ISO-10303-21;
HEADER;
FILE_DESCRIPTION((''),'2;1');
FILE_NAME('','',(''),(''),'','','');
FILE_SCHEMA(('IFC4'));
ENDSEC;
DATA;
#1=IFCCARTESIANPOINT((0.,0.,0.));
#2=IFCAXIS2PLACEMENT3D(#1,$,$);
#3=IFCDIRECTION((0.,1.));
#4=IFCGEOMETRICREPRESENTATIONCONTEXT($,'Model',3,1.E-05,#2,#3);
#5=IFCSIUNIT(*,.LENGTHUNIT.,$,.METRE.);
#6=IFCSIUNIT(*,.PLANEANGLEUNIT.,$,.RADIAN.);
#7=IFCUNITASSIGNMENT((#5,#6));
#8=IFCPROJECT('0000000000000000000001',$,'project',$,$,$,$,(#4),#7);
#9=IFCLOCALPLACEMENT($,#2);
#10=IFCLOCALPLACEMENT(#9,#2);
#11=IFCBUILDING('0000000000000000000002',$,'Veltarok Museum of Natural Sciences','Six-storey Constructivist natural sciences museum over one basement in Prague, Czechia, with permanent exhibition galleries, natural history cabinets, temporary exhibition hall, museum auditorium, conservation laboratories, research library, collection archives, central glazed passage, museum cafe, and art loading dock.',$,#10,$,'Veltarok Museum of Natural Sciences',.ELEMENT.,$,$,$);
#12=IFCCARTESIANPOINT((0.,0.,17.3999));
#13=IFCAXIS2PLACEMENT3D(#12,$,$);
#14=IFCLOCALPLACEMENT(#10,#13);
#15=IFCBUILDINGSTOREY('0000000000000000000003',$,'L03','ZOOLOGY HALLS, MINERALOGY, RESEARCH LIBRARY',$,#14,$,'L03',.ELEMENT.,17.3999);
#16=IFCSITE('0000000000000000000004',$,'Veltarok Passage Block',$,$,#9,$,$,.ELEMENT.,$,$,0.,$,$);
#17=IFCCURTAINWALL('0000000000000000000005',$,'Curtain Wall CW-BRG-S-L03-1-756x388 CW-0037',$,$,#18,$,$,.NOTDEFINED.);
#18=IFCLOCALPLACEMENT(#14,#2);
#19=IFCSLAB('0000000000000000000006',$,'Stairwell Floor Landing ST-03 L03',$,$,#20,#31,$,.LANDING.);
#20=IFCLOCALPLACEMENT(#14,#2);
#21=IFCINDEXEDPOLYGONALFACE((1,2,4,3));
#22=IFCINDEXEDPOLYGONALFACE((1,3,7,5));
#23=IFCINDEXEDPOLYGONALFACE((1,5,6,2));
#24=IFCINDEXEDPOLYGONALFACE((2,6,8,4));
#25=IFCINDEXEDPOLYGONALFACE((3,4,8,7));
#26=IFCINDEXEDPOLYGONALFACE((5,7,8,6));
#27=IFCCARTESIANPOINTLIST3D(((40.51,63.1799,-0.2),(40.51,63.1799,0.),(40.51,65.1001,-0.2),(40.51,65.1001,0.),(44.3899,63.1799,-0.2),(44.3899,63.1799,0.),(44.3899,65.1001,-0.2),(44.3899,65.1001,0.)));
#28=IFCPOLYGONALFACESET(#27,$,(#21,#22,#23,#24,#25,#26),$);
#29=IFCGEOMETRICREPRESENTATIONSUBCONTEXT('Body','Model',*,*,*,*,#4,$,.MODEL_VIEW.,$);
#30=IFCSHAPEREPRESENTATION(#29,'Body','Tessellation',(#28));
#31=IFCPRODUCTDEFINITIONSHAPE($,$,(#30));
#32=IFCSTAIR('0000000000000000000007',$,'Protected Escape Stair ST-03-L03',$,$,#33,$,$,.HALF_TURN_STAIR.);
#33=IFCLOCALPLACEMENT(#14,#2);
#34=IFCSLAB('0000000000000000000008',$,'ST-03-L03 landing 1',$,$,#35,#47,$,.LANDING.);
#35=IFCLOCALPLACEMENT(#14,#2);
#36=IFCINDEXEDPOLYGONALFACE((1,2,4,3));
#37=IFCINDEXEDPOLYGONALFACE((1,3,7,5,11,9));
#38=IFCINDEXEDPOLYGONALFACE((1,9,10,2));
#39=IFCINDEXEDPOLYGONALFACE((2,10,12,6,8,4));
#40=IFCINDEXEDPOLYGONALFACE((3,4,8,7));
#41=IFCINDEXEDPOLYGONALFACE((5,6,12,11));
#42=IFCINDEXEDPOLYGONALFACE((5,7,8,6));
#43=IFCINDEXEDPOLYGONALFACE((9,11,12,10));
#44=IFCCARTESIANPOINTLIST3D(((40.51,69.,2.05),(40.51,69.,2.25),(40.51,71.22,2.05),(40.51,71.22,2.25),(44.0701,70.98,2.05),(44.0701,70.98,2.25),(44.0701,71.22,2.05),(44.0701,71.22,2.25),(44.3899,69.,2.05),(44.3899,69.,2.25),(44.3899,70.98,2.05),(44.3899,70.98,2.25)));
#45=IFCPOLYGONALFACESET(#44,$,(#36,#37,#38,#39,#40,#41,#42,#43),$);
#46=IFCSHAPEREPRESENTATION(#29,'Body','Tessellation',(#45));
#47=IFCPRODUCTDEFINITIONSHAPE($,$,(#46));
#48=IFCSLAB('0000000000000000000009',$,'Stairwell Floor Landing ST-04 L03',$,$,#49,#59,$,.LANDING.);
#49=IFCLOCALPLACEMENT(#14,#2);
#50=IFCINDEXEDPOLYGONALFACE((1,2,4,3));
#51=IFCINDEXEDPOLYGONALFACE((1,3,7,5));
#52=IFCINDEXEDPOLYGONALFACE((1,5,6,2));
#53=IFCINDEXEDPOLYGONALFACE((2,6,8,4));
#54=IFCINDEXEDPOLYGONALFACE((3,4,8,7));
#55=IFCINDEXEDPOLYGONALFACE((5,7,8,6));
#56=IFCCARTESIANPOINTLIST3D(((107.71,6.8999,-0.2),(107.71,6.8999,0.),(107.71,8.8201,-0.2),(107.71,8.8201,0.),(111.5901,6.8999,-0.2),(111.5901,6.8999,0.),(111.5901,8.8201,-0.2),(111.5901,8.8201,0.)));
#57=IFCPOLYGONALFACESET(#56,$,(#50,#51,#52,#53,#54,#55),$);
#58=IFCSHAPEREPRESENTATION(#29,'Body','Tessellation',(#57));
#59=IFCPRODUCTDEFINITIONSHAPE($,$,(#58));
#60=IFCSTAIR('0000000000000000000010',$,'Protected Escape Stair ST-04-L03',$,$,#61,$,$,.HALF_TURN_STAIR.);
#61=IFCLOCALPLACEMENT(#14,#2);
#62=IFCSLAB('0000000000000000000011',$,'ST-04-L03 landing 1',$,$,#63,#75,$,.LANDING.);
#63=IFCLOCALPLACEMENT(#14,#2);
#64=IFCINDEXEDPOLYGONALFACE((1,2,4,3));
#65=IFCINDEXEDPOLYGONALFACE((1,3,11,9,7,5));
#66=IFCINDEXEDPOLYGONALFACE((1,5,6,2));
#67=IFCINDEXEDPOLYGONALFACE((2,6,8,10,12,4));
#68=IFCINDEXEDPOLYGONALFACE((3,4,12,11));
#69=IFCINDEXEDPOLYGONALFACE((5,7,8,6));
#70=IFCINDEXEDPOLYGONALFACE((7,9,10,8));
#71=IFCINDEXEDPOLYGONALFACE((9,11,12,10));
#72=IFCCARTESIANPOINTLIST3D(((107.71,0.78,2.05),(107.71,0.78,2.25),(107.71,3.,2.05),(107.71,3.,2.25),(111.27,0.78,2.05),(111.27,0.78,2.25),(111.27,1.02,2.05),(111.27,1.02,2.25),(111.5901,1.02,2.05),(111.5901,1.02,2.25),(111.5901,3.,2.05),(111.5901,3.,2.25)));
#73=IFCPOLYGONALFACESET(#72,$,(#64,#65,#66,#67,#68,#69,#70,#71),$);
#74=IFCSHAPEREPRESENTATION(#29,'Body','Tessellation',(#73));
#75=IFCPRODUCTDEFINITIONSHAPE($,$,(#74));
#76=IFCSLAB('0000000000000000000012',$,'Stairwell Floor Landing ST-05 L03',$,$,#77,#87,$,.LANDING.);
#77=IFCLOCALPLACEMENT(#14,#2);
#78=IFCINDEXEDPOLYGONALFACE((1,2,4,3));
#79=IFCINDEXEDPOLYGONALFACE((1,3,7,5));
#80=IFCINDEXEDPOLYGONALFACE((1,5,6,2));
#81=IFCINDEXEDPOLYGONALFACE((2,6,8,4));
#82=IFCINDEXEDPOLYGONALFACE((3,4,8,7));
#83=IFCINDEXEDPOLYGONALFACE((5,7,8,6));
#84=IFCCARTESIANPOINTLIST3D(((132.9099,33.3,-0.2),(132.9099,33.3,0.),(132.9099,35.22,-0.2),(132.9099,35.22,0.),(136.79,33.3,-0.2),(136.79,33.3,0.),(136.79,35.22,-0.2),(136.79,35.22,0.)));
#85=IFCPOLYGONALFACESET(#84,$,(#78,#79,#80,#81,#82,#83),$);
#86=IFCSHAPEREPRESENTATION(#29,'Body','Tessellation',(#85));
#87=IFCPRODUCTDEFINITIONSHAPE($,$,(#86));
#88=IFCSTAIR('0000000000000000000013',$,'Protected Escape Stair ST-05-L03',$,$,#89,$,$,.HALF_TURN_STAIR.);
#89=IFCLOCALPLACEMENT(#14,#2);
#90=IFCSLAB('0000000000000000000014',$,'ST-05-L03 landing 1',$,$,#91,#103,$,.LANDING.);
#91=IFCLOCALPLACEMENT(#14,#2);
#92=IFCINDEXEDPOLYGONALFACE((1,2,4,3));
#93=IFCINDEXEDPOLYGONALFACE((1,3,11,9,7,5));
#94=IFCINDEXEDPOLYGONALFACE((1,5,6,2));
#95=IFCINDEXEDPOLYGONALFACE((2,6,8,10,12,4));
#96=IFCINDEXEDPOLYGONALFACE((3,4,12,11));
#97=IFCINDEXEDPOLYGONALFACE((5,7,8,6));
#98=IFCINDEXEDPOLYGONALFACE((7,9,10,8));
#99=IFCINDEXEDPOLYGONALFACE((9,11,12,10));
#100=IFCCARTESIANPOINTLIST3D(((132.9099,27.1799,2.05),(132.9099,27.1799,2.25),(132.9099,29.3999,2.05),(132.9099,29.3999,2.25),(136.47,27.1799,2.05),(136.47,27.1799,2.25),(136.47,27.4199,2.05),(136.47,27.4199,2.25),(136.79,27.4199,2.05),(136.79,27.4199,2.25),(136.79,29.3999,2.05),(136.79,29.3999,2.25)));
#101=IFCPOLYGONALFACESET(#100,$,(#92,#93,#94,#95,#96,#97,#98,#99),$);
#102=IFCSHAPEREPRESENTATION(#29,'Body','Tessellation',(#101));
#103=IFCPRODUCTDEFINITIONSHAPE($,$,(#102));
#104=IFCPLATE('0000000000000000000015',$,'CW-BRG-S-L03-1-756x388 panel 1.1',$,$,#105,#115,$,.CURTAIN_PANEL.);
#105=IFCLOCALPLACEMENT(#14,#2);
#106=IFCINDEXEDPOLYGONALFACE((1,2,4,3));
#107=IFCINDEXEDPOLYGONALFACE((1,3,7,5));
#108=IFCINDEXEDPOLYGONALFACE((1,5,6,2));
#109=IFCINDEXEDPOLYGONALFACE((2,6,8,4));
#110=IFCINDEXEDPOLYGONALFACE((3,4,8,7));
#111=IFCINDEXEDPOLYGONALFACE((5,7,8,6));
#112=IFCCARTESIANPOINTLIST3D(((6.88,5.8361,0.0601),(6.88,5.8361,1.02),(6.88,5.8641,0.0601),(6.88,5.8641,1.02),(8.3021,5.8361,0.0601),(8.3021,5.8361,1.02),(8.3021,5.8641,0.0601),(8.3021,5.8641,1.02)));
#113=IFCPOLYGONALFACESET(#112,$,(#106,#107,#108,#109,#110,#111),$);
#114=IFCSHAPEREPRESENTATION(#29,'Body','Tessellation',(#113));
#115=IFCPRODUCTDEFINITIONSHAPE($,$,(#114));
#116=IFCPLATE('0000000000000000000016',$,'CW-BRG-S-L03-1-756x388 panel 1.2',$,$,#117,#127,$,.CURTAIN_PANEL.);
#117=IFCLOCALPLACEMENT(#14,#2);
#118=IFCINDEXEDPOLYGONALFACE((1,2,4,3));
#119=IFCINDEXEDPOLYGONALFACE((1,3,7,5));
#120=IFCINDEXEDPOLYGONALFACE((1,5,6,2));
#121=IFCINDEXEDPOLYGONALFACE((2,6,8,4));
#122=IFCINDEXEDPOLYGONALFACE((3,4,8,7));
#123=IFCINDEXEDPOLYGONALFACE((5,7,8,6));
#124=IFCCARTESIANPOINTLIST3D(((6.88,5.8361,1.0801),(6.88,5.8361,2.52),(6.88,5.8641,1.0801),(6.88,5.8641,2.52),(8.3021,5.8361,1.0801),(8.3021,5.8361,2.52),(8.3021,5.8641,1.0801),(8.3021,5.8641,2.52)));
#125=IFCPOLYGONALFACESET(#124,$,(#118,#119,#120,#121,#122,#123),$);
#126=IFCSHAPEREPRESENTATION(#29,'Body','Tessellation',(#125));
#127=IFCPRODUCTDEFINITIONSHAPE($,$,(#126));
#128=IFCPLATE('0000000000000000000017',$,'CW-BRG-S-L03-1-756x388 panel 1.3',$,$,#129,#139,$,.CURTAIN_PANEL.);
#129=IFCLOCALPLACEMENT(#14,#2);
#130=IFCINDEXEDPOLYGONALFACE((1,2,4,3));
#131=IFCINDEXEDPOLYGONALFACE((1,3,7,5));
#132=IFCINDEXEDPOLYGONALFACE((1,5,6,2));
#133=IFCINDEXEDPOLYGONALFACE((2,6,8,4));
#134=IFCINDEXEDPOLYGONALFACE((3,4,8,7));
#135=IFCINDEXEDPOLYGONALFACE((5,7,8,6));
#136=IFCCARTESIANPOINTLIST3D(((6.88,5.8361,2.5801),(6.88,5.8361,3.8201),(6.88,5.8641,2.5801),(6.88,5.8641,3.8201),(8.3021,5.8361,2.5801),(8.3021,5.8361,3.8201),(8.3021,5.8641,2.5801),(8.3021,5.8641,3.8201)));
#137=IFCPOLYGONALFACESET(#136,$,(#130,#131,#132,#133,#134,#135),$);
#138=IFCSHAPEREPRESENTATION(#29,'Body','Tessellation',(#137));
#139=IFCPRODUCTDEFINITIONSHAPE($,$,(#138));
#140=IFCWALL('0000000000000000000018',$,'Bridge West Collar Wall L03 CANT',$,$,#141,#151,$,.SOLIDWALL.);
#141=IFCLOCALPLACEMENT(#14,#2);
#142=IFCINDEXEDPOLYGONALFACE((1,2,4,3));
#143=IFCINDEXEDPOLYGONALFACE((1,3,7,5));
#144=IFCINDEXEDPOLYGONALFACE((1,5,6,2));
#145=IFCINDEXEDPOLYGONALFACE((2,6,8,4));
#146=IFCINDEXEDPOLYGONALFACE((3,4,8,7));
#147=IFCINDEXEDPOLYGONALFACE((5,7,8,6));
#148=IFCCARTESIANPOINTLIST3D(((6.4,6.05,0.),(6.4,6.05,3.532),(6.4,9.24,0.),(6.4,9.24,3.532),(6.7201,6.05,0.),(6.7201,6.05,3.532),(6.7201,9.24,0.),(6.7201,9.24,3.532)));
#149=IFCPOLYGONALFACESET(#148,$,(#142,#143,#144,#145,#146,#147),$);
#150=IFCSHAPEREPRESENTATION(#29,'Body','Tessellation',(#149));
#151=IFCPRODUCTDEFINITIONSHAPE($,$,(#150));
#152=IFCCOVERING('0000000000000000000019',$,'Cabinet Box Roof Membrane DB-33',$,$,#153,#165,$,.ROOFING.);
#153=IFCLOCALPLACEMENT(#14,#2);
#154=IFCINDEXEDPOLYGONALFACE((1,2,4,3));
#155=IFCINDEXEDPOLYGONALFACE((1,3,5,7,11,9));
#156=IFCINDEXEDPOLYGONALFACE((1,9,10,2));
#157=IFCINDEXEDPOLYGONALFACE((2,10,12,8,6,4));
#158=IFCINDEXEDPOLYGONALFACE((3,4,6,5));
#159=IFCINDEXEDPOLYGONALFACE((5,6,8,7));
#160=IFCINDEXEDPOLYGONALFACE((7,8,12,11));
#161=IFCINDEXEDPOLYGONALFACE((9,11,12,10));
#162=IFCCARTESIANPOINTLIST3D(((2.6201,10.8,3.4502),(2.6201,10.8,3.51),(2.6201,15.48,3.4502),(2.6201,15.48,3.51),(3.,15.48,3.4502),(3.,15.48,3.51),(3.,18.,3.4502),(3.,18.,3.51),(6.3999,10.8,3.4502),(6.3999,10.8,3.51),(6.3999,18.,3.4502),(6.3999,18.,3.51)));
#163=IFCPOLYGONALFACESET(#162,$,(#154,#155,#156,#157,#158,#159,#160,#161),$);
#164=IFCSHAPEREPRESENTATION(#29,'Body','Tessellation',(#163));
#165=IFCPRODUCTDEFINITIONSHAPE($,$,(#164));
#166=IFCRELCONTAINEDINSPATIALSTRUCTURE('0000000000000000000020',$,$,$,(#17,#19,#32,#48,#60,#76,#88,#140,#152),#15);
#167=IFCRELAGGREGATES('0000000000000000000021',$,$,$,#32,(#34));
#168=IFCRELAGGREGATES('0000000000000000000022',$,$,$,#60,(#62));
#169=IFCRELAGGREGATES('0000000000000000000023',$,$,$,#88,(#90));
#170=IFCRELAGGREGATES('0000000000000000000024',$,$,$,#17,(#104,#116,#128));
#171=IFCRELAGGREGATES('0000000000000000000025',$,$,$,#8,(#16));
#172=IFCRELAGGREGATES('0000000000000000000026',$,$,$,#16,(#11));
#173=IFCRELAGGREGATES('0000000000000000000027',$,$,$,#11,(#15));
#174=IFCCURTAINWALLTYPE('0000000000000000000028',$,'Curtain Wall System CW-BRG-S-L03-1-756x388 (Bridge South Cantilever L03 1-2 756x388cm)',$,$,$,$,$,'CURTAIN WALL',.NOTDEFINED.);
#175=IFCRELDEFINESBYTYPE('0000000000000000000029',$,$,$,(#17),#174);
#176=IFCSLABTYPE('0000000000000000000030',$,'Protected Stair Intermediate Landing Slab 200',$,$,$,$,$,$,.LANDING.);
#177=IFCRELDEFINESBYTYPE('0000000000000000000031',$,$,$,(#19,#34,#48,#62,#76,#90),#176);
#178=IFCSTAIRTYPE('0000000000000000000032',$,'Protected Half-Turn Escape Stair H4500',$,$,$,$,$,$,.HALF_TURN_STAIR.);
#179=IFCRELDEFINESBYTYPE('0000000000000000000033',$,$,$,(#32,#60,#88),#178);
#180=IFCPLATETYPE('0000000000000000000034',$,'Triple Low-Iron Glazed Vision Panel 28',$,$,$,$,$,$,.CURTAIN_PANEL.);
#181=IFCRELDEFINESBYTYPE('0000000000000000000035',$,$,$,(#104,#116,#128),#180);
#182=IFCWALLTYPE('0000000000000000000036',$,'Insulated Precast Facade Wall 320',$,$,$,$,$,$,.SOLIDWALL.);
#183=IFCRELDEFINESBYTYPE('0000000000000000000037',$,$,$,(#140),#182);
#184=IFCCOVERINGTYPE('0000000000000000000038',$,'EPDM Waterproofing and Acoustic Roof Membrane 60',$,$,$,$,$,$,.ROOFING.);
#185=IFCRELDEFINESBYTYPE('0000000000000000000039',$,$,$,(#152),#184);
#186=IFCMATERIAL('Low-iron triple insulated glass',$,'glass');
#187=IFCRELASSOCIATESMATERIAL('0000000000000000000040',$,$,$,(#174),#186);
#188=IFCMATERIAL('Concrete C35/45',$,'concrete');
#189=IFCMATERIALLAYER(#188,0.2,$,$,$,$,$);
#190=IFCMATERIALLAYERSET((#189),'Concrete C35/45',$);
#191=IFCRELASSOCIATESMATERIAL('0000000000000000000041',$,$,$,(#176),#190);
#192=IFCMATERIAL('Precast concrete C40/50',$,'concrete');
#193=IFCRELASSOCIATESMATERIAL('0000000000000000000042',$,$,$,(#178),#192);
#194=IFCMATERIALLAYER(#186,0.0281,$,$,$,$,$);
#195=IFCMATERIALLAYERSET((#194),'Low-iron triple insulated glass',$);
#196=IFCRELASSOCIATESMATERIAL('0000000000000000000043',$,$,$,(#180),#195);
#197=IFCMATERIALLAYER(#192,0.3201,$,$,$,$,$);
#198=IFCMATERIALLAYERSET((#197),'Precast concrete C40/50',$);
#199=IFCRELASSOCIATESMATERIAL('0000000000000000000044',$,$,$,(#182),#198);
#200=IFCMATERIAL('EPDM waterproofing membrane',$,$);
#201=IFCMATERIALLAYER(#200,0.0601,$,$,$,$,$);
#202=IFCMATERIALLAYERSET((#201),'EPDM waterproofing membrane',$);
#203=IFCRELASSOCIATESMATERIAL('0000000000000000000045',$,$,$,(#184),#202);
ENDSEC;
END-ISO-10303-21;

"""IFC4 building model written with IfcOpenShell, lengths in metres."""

from ifc_helpers import new_model, si_unit, direction, frame, frame_2d, origin, origin_2d, place, context, subcontext, project, spatial, polyline, rectangle, outline, extrude, material, layer, layer_set, type_object, element, aggregate, save


model = new_model("IFC4")

# Units and contexts
model_context = context("Model", 3, precision=1e-05, world=origin(), true_north=direction((0.0, 1.0)))
body_context = subcontext(model_context, "Body", "Model", "MODEL_VIEW")
ifc_project = project(units=[si_unit("LENGTHUNIT", "METRE"), si_unit("PLANEANGLEUNIT", "RADIAN")], contexts=[model_context])

# Site, building, storey
site_placement = place(None, origin())
site = spatial("IfcSite", under=ifc_project, at=site_placement, Name="Veltarok Passage Block", CompositionType="ELEMENT", RefElevation=0.0)
building_placement = place(site_placement, origin())
building = spatial("IfcBuilding", under=site, at=building_placement, Name="Veltarok Museum of Natural Sciences", Description="Six-storey Constructivist natural sciences museum over one basement in Prague, Czechia, with permanent exhibition galleries, natural history cabinets, temporary exhibition hall, museum auditorium, conservation laboratories, research library, collection archives, central glazed passage, museum cafe, and art loading dock.", LongName="Veltarok Museum of Natural Sciences", CompositionType="ELEMENT")
storey_placement = place(building_placement, frame((0.0, 0.0, 17.3999)))
storey = spatial("IfcBuildingStorey", under=building, at=storey_placement, Name="L03", Description="ZOOLOGY HALLS, MINERALOGY, RESEARCH LIBRARY", LongName="L03", CompositionType="ELEMENT", Elevation=17.3999)

# Curtain wall
ifc_material_1 = material(Name="Low-iron triple insulated glass", Category="glass")
curtain_wall_type = type_object("IfcCurtainWallType", Name="Curtain Wall System CW-BRG-S-L03-1-756x388 (Bridge South Cantilever L03 1-2 756x388cm)", ElementType="CURTAIN WALL", PredefinedType="NOTDEFINED", material=ifc_material_1)
curtain_wall_placement = place(storey_placement, origin())
curtain_wall = element("IfcCurtainWall", 1, at=curtain_wall_placement, inside=storey, type_object=curtain_wall_type, Name="Curtain Wall CW-BRG-S-L03-1-756x388 CW-0037", PredefinedType="NOTDEFINED")

# Shared definitions
ifc_material_2 = material(Name="Concrete C35/45", Category="concrete")
ifc_layer_1 = layer(ifc_material_2, 0.2)
ifc_layer_set_1 = layer_set([ifc_layer_1], Name="Concrete C35/45")
slab_type = type_object("IfcSlabType", Name="Protected Stair Intermediate Landing Slab 200", PredefinedType="LANDING", material=ifc_layer_set_1)

# Shared definitions
ifc_material_3 = material(Name="Precast concrete C40/50", Category="concrete")
stair_type = type_object("IfcStairType", Name="Protected Half-Turn Escape Stair H4500", PredefinedType="HALF_TURN_STAIR", material=ifc_material_3)

# Slab
slab_1_placement = place(storey_placement, frame((0.0, 0.0, -0.2)))
element("IfcSlab", 2, at=slab_1_placement, inside=storey, type_object=slab_type, Name="Stairwell Floor Landing ST-03 L03", PredefinedType="LANDING", context=body_context, shape_type="SweptSolid", body=[
    extrude(outline(polyline([(40.51, 63.1799), (44.3899, 63.1799), (44.3899, 65.1001), (40.51, 65.1001), (40.51, 63.1799)])), origin(), (0.0, 0.0, 1.0), 0.2),
])

# Stair, slab
stair_1_placement = place(storey_placement, origin())
stair_1 = element("IfcStair", 3, at=stair_1_placement, inside=storey, type_object=stair_type, Name="Protected Escape Stair ST-03-L03", PredefinedType="HALF_TURN_STAIR")
slab_2_placement = place(storey_placement, frame((0.0, 0.0, 2.05)))
slab_2 = element("IfcSlab", 4, at=slab_2_placement, type_object=slab_type, Name="ST-03-L03 landing 1", PredefinedType="LANDING", context=body_context, shape_type="SweptSolid", body=[
    extrude(outline(polyline([(40.51, 69.0), (44.3899, 69.0), (44.3899, 70.98), (44.0701, 70.98), (44.0701, 71.22), (40.51, 71.22), (40.51, 69.0)])), origin(), (0.0, 0.0, 1.0), 0.2),
])
aggregate(stair_1, [slab_2])

# Slab
slab_3_placement = place(storey_placement, frame((0.0, 0.0, -0.2)))
element("IfcSlab", 5, at=slab_3_placement, inside=storey, type_object=slab_type, Name="Stairwell Floor Landing ST-04 L03", PredefinedType="LANDING", context=body_context, shape_type="SweptSolid", body=[
    extrude(outline(polyline([(107.71, 6.8999), (111.5901, 6.8999), (111.5901, 8.8201), (107.71, 8.8201), (107.71, 6.8999)])), origin(), (0.0, 0.0, 1.0), 0.2),
])

# Stair, slab
stair_2_placement = place(storey_placement, origin())
stair_2 = element("IfcStair", 6, at=stair_2_placement, inside=storey, type_object=stair_type, Name="Protected Escape Stair ST-04-L03", PredefinedType="HALF_TURN_STAIR")
slab_4_placement = place(storey_placement, frame((0.0, 0.0, 2.05)))
slab_4 = element("IfcSlab", 7, at=slab_4_placement, type_object=slab_type, Name="ST-04-L03 landing 1", PredefinedType="LANDING", context=body_context, shape_type="SweptSolid", body=[
    extrude(outline(polyline([(107.71, 0.78), (111.27, 0.78), (111.27, 1.02), (111.5901, 1.02), (111.5901, 3.0), (107.71, 3.0), (107.71, 0.78)])), origin(), (0.0, 0.0, 1.0), 0.2),
])
aggregate(stair_2, [slab_4])

# Slab
slab_5_placement = place(storey_placement, frame((0.0, 0.0, -0.2)))
element("IfcSlab", 8, at=slab_5_placement, inside=storey, type_object=slab_type, Name="Stairwell Floor Landing ST-05 L03", PredefinedType="LANDING", context=body_context, shape_type="SweptSolid", body=[
    extrude(outline(polyline([(132.9099, 33.3), (136.79, 33.3), (136.79, 35.22), (132.9099, 35.22), (132.9099, 33.3)])), origin(), (0.0, 0.0, 1.0), 0.2),
])

# Stair, slab
stair_3_placement = place(storey_placement, origin())
stair_3 = element("IfcStair", 9, at=stair_3_placement, inside=storey, type_object=stair_type, Name="Protected Escape Stair ST-05-L03", PredefinedType="HALF_TURN_STAIR")
slab_6_placement = place(storey_placement, frame((0.0, 0.0, 2.05)))
slab_6 = element("IfcSlab", 10, at=slab_6_placement, type_object=slab_type, Name="ST-05-L03 landing 1", PredefinedType="LANDING", context=body_context, shape_type="SweptSolid", body=[
    extrude(outline(polyline([(132.9099, 27.1799), (136.47, 27.1799), (136.47, 27.4199), (136.79, 27.4199), (136.79, 29.3999), (132.9099, 29.3999), (132.9099, 27.1799)])), origin(), (0.0, 0.0, 1.0), 0.2),
])
aggregate(stair_3, [slab_6])

# Plates
ifc_layer_2 = layer(ifc_material_1, 0.0281)
ifc_layer_set_2 = layer_set([ifc_layer_2], Name="Low-iron triple insulated glass")
plate_type_1 = type_object("IfcPlateType", Name="Triple Low-Iron Glazed Vision Panel 28", PredefinedType="CURTAIN_PANEL", material=ifc_layer_set_2)
plate_1_placement = place(storey_placement, frame((7.5911, 5.8501, 0.0601), z_axis=(0.0, 0.0, 1.0), x_axis=(1.0, 0.0, 0.0)))
plate_1 = element("IfcPlate", 11, at=plate_1_placement, type_object=plate_type_1, Name="CW-BRG-S-L03-1-756x388 panel 1.1", PredefinedType="CURTAIN_PANEL", context=body_context, shape_type="SweptSolid", body=[
    extrude(rectangle(XDim=1.4221, YDim=0.0281, at=origin_2d()), origin(), (0.0, 0.0, 1.0), 0.96),
])
plate_2_placement = place(storey_placement, frame((7.5911, 5.8501, 1.0801), z_axis=(0.0, 0.0, 1.0), x_axis=(1.0, 0.0, 0.0)))
plate_2 = element("IfcPlate", 12, at=plate_2_placement, type_object=plate_type_1, Name="CW-BRG-S-L03-1-756x388 panel 1.2", PredefinedType="CURTAIN_PANEL", context=body_context, shape_type="SweptSolid", body=[
    extrude(rectangle(XDim=1.4221, YDim=0.0281, at=origin_2d()), origin(), (0.0, 0.0, 1.0), 1.4399),
])
plate_3_placement = place(storey_placement, frame((7.5911, 5.8501, 2.5801), z_axis=(0.0, 0.0, 1.0), x_axis=(1.0, 0.0, 0.0)))
plate_3 = element("IfcPlate", 13, at=plate_3_placement, type_object=plate_type_1, Name="CW-BRG-S-L03-1-756x388 panel 1.3", PredefinedType="CURTAIN_PANEL", context=body_context, shape_type="SweptSolid", body=[
    extrude(rectangle(XDim=1.4221, YDim=0.0281, at=origin_2d()), origin(), (0.0, 0.0, 1.0), 1.24),
])
aggregate(curtain_wall, [plate_1, plate_2, plate_3])

# Wall
ifc_layer_3 = layer(ifc_material_3, 0.3201)
ifc_layer_set_3 = layer_set([ifc_layer_3], Name="Precast concrete C40/50")
wall_type = type_object("IfcWallType", Name="Insulated Precast Facade Wall 320", PredefinedType="SOLIDWALL", material=ifc_layer_set_3)
wall_placement = place(storey_placement, frame((6.5601, 9.24, 0.0), z_axis=(0.0, 0.0, 1.0), x_axis=(0.0, -1.0, 0.0)))
element("IfcWall", 14, at=wall_placement, inside=storey, type_object=wall_type, Name="Bridge West Collar Wall L03 CANT", PredefinedType="SOLIDWALL", context=body_context, shape_type="SweptSolid", body=[
    extrude(rectangle(XDim=3.1899, YDim=0.3201, at=frame_2d((1.595, 0.0))), origin(), (0.0, 0.0, 1.0), 3.532),
])

# Covering
ifc_material_4 = material(Name="EPDM waterproofing membrane")
ifc_layer_4 = layer(ifc_material_4, 0.0601)
ifc_layer_set_4 = layer_set([ifc_layer_4], Name="EPDM waterproofing membrane")
covering_type = type_object("IfcCoveringType", Name="EPDM Waterproofing and Acoustic Roof Membrane 60", PredefinedType="ROOFING", material=ifc_layer_set_4)
covering_placement = place(storey_placement, frame((0.0, 0.0, 3.4502)))
element("IfcCovering", 15, at=covering_placement, inside=storey, type_object=covering_type, Name="Cabinet Box Roof Membrane DB-33", PredefinedType="ROOFING", context=body_context, shape_type="SweptSolid", body=[
    extrude(outline(polyline([(2.6201, 10.8), (6.3999, 10.8), (6.3999, 18.0), (3.0, 18.0), (3.0, 15.48), (2.6201, 15.48), (2.6201, 10.8)])), origin(), (0.0, 0.0, 1.0), 0.0598),
])

save(model, "model.ifc")
